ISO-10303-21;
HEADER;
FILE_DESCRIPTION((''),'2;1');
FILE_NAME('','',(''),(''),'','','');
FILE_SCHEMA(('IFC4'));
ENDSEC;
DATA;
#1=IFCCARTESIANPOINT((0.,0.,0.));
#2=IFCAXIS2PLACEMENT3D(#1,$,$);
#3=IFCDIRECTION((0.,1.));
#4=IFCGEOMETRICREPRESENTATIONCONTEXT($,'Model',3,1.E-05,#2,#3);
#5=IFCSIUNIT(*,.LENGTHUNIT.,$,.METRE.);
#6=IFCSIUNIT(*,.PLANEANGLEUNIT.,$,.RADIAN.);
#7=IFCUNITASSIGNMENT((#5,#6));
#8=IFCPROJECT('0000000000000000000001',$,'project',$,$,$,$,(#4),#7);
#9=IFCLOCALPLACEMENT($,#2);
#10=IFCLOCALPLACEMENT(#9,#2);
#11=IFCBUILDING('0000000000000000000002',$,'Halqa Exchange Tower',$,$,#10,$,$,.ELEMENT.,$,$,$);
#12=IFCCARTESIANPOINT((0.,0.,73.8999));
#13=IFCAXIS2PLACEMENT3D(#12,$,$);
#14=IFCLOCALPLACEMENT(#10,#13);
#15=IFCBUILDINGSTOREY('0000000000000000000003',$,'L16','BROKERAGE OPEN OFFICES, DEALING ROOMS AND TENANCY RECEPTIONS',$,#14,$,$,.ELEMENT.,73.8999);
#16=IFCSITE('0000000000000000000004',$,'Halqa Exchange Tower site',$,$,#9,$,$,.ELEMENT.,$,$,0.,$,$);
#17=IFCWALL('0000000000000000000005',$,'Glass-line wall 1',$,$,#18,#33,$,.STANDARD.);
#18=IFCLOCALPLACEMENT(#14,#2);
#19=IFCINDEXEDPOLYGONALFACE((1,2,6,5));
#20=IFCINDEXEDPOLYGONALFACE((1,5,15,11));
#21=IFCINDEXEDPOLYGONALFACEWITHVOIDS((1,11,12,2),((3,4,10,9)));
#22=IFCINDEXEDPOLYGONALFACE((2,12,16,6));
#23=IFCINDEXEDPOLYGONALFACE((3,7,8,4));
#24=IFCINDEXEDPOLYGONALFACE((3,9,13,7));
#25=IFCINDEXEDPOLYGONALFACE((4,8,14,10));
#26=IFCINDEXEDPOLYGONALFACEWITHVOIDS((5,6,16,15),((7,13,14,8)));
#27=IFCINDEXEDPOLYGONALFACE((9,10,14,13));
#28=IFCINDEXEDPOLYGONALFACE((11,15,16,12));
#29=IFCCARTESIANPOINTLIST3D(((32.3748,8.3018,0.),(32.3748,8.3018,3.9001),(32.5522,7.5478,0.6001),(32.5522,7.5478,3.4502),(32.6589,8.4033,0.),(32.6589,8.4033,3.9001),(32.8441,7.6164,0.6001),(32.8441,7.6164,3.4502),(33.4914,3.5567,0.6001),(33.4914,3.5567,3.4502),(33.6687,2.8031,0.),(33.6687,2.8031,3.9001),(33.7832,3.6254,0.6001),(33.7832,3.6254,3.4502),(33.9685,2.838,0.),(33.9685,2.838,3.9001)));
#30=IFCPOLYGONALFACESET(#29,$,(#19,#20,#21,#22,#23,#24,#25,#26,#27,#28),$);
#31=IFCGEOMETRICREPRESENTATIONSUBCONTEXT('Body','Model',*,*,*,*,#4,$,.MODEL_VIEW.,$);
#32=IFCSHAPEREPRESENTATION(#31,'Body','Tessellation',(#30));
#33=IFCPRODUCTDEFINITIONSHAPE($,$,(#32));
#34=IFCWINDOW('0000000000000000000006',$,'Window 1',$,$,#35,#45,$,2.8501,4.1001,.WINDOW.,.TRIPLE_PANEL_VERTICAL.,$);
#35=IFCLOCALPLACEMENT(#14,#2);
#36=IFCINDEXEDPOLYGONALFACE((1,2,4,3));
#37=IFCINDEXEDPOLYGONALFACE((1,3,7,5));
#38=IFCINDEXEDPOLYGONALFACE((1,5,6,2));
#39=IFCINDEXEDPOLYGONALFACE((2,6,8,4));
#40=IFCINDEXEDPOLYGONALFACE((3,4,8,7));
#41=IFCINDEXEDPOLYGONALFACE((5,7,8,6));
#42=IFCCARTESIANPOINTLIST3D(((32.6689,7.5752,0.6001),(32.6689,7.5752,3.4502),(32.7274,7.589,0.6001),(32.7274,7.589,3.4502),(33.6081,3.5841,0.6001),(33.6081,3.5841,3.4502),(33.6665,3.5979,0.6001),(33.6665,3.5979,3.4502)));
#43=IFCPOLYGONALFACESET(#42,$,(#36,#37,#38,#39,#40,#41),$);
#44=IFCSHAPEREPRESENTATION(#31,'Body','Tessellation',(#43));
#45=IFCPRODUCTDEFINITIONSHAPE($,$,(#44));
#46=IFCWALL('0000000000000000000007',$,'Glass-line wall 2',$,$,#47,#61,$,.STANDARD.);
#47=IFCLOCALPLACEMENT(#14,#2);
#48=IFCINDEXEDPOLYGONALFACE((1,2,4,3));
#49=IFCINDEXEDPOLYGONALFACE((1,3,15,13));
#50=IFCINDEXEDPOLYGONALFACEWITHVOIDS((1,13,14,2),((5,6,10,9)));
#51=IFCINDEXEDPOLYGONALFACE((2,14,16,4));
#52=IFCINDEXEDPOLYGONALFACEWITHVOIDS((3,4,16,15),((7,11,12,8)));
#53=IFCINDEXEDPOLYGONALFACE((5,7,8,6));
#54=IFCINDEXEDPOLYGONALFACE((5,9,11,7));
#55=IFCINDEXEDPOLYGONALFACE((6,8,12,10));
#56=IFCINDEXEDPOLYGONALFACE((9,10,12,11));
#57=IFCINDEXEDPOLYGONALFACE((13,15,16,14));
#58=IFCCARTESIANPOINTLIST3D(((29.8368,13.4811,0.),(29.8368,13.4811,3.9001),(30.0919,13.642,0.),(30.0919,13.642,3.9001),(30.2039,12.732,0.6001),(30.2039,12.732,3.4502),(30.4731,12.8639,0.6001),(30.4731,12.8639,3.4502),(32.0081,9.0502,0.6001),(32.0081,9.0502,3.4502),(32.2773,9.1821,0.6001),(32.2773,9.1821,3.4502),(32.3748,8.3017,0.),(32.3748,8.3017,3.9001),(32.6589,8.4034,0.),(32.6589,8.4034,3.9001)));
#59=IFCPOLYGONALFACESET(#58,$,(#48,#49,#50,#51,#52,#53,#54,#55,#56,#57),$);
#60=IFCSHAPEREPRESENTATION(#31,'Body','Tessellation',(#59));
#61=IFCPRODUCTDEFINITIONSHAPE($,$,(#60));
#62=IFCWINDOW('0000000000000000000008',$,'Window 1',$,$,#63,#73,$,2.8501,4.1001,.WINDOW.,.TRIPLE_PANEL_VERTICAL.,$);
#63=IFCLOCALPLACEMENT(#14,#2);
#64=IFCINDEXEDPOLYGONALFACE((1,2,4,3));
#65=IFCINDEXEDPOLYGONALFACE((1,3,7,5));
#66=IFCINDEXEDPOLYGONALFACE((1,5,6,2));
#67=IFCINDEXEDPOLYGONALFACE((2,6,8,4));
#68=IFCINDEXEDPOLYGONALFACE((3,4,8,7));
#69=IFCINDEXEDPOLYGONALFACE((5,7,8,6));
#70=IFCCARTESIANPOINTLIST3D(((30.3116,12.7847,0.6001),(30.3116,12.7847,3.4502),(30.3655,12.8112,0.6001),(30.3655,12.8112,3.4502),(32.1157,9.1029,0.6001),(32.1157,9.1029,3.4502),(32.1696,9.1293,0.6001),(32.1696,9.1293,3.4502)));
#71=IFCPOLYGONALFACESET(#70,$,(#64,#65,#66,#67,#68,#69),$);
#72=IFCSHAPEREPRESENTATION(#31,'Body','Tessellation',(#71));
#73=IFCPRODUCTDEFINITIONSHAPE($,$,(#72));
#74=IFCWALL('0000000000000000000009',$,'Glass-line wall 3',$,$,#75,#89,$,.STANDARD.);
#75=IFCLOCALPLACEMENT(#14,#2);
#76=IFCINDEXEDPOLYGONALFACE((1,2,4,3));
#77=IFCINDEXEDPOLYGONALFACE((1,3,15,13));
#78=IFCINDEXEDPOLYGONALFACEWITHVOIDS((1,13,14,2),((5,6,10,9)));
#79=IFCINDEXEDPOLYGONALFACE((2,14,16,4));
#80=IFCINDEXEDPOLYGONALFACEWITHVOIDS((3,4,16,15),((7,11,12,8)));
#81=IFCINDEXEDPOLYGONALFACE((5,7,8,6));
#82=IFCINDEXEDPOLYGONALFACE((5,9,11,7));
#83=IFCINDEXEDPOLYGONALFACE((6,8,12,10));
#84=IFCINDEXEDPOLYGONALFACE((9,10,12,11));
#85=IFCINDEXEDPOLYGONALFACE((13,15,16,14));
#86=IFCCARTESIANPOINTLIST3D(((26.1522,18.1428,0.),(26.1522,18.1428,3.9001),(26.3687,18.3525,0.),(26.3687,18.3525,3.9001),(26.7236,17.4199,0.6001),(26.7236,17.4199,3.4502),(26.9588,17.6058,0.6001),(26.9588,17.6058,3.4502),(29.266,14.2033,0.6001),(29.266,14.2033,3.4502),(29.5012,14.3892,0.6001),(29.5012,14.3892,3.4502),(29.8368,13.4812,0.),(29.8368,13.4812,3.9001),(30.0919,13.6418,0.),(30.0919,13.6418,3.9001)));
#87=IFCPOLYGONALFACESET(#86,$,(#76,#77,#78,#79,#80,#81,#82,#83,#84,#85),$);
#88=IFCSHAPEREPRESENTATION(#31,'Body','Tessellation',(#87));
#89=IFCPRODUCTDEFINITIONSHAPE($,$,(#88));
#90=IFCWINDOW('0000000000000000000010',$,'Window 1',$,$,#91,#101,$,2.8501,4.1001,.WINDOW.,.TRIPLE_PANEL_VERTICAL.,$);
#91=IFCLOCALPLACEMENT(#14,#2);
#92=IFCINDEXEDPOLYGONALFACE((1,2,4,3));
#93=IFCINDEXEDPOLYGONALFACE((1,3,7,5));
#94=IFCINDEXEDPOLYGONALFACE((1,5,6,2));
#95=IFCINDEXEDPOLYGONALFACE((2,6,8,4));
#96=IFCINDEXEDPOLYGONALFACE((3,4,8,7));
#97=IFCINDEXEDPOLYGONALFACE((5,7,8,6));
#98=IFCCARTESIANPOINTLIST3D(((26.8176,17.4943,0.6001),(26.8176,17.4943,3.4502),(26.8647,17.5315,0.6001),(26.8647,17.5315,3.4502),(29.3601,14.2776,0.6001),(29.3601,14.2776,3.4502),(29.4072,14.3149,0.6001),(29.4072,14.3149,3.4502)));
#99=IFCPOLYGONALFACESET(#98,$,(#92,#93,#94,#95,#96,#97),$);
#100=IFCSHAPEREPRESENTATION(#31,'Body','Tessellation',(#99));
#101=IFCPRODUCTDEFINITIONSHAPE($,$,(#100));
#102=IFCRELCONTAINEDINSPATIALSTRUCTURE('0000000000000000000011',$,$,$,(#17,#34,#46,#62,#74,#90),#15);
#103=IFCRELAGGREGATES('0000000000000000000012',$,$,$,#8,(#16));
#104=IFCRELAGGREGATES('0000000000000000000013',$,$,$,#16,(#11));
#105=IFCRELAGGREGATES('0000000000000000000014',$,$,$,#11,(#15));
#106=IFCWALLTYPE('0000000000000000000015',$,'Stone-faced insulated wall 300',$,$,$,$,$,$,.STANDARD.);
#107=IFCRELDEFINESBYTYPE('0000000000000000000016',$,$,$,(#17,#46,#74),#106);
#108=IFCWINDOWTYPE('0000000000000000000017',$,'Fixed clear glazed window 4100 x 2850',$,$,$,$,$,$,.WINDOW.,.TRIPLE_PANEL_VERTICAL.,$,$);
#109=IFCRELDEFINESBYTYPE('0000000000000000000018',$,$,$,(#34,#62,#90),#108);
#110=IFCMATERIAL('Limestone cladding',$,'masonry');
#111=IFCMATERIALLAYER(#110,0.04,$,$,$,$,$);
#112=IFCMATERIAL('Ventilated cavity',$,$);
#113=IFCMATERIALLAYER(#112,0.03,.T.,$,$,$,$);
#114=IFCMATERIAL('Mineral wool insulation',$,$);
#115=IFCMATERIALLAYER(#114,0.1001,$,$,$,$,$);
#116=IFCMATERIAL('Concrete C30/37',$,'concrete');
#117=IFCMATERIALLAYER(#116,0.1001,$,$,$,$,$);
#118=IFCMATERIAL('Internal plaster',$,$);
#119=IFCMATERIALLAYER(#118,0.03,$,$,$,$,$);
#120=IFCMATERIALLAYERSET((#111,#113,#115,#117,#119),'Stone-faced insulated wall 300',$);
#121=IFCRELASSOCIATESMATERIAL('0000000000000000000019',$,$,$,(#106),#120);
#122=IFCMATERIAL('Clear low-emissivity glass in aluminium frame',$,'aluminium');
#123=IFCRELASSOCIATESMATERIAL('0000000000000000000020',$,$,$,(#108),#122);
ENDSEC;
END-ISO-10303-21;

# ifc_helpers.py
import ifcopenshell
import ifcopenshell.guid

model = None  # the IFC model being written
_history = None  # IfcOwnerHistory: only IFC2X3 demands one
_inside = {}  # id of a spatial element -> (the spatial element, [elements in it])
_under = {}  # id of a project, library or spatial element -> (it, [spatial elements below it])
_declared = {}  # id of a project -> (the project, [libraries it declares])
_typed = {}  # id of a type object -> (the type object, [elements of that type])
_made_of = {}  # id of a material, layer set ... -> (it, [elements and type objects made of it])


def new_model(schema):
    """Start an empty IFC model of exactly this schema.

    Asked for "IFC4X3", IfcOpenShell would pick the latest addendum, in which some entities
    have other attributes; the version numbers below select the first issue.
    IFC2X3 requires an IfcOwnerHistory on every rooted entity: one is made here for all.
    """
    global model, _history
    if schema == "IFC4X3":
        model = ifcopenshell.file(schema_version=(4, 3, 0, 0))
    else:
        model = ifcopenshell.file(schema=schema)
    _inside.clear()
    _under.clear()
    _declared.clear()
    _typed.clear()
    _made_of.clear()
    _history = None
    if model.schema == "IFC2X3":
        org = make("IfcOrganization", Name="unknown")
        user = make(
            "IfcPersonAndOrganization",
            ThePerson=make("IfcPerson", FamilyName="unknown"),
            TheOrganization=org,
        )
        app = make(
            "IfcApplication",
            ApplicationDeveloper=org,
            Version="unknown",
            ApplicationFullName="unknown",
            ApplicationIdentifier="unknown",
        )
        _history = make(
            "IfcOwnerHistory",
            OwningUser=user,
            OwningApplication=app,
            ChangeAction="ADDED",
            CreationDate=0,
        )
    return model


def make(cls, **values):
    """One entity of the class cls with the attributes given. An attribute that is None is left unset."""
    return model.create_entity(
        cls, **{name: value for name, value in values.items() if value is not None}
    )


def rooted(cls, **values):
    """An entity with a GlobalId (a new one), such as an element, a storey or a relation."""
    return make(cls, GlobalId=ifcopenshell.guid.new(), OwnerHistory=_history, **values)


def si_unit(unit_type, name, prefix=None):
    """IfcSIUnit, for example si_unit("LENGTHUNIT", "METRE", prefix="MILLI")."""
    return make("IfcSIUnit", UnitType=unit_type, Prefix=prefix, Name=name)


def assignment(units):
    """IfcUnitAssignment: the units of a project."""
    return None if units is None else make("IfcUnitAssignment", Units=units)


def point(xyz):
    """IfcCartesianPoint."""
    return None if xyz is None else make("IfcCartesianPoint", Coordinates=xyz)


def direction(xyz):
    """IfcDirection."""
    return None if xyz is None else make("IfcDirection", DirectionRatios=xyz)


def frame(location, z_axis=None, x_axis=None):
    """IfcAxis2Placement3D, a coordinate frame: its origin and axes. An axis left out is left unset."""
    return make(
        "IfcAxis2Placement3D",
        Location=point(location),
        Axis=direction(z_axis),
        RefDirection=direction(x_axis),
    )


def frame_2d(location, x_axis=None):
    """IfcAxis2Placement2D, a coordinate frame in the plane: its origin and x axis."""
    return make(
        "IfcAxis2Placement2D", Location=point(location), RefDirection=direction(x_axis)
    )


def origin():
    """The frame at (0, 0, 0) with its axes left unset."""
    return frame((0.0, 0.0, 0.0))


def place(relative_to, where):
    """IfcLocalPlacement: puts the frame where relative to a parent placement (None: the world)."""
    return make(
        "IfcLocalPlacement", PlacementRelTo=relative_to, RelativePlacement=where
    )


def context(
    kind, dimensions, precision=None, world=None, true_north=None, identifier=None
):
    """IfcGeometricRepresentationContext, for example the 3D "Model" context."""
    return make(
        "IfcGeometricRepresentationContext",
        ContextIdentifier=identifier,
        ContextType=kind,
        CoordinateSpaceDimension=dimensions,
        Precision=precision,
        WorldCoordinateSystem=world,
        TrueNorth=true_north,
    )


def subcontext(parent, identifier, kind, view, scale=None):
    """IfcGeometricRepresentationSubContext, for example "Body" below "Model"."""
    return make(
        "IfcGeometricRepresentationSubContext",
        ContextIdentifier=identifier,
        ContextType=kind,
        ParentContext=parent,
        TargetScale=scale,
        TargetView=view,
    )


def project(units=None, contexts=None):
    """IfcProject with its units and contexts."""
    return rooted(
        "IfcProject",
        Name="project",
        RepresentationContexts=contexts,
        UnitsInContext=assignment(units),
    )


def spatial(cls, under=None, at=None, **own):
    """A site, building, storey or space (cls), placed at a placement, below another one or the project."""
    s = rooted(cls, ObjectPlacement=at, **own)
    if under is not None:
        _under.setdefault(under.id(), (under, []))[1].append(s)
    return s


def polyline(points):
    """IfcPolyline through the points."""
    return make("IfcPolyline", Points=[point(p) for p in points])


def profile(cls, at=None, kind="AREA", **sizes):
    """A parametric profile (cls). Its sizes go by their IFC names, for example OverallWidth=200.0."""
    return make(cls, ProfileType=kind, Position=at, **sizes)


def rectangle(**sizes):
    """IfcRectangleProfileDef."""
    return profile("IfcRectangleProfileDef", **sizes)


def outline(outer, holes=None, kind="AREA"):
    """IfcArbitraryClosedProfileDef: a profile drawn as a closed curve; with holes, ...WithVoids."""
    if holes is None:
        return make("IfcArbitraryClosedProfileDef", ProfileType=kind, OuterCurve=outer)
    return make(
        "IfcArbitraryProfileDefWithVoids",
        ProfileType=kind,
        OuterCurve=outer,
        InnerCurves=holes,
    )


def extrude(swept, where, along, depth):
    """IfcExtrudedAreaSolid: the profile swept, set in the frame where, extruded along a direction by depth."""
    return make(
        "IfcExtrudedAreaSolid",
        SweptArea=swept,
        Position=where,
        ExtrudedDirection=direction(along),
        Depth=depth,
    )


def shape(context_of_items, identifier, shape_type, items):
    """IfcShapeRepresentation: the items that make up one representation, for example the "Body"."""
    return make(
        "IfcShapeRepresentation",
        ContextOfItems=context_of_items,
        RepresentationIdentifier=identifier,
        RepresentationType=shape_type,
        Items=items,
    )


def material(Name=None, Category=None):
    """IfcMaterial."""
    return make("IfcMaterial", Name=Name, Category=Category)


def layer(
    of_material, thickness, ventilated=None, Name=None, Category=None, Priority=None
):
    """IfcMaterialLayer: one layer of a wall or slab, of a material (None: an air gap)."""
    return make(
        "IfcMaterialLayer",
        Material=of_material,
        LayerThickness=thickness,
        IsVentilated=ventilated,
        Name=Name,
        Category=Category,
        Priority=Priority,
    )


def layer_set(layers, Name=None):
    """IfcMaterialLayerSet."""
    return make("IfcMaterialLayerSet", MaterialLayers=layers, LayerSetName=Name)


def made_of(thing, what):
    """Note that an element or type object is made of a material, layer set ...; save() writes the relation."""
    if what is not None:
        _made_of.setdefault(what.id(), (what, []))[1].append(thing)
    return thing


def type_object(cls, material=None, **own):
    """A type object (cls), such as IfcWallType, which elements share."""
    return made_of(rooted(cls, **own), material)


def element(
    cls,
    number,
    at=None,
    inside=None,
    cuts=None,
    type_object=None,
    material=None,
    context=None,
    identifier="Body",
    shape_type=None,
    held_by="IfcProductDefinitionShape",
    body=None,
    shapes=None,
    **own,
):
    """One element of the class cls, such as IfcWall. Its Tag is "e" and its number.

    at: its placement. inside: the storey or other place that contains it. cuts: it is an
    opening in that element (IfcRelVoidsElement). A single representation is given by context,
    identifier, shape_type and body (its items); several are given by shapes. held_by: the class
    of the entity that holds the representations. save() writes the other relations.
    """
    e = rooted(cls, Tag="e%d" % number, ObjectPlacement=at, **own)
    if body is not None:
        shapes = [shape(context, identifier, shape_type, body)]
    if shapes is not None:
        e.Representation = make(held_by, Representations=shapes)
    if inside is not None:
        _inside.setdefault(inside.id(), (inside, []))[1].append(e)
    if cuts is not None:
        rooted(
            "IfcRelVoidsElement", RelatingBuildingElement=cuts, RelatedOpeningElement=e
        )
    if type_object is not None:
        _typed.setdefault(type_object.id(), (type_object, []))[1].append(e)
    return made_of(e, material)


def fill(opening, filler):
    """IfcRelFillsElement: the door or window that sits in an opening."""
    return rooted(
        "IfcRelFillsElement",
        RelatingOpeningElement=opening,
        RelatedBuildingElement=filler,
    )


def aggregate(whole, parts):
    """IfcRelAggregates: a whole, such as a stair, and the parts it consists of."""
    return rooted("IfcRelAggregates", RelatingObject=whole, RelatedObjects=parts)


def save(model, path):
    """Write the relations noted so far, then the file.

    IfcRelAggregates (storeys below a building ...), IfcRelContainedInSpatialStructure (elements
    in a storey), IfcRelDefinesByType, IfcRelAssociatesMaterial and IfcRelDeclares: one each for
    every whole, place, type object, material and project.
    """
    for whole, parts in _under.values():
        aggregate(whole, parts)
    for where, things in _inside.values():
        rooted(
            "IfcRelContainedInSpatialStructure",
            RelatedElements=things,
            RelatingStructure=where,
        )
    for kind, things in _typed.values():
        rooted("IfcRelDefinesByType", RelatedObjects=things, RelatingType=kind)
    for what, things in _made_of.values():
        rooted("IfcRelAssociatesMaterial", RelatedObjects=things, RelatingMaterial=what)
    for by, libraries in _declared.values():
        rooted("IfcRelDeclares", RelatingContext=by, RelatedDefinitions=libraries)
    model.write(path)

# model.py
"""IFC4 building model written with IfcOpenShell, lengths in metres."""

from ifc_helpers import new_model, si_unit, direction, frame, frame_2d, origin, place, context, subcontext, project, spatial, polyline, rectangle, outline, extrude, material, layer, layer_set, type_object, element, fill, save


model = new_model("IFC4")

# Units and contexts
model_context = context("Model", 3, precision=1e-05, world=origin(), true_north=direction((0.0, 1.0)))
body_context = subcontext(model_context, "Body", "Model", "MODEL_VIEW")
ifc_project = project(units=[si_unit("LENGTHUNIT", "METRE"), si_unit("PLANEANGLEUNIT", "RADIAN")], contexts=[model_context])

# Site, building, storey
site_placement = place(None, origin())
site = spatial("IfcSite", under=ifc_project, at=site_placement, Name="Halqa Exchange Tower site", CompositionType="ELEMENT", RefElevation=0.0)
building_placement = place(site_placement, origin())
building = spatial("IfcBuilding", under=site, at=building_placement, Name="Halqa Exchange Tower", CompositionType="ELEMENT")
storey_placement = place(building_placement, frame((0.0, 0.0, 73.8999)))
storey = spatial("IfcBuildingStorey", under=building, at=storey_placement, Name="L16", Description="BROKERAGE OPEN OFFICES, DEALING ROOMS AND TENANCY RECEPTIONS", CompositionType="ELEMENT", Elevation=73.8999)

# Walls, openings, windows
ifc_material_1 = material(Name="Limestone cladding", Category="masonry")
ifc_layer_1 = layer(ifc_material_1, 0.04)
ifc_material_2 = material(Name="Ventilated cavity")
ifc_layer_2 = layer(ifc_material_2, 0.03, ventilated=True)
ifc_material_3 = material(Name="Mineral wool insulation")
ifc_layer_3 = layer(ifc_material_3, 0.1001)
ifc_material_4 = material(Name="Concrete C30/37", Category="concrete")
ifc_layer_4 = layer(ifc_material_4, 0.1001)
ifc_material_5 = material(Name="Internal plaster")
ifc_layer_5 = layer(ifc_material_5, 0.03)
ifc_layer_set_1 = layer_set([ifc_layer_1, ifc_layer_2, ifc_layer_3, ifc_layer_4, ifc_layer_5], Name="Stone-faced insulated wall 300")
wall_type_1 = type_object("IfcWallType", Name="Stone-faced insulated wall 300", PredefinedType="STANDARD", material=ifc_layer_set_1)
wall_1_placement = place(storey_placement, frame((33.8186, 2.8206, 0.0), z_axis=(0.0, 0.0, 1.0), x_axis=(-0.229058, 0.973413, 0.0)))
wall_1 = element("IfcWall", 1, at=wall_1_placement, inside=storey, type_object=wall_type_1, Name="Glass-line wall 1", PredefinedType="STANDARD", context=body_context, shape_type="SweptSolid", body=[
    extrude(outline(polyline([(-0.0173, -0.1499), (5.7, -0.1499), (5.6663, 0.1499), (0.0173, 0.1499), (-0.0173, -0.1499)])), origin(), (0.0, 0.0, 1.0), 3.9001),
])
opening_1_placement = place(wall_1_placement, frame((0.7915, 0.0, 0.6001)))
opening_1 = element("IfcOpeningElement", 2, at=opening_1_placement, cuts=wall_1, PredefinedType="OPENING", context=body_context, shape_type="SweptSolid", body=[
    extrude(rectangle(XDim=4.1001, YDim=2.8501, at=frame_2d((2.05, 1.425))), frame((0.0, 0.1621, 0.0), z_axis=(0.0, -1.0, 0.0), x_axis=(1.0, 0.0, 0.0)), (0.0, 0.0, 1.0), 0.324),
])
ifc_material_6 = material(Name="Clear low-emissivity glass in aluminium frame", Category="aluminium")
window_type = type_object("IfcWindowType", Name="Fixed clear glazed window 4100 x 2850", PartitioningType="TRIPLE_PANEL_VERTICAL", PredefinedType="WINDOW", material=ifc_material_6)
window_1_placement = place(opening_1_placement, origin())
window_1 = element("IfcWindow", 3, at=window_1_placement, inside=storey, type_object=window_type, Name="Window 1", OverallHeight=2.8501, OverallWidth=4.1001, PartitioningType="TRIPLE_PANEL_VERTICAL", PredefinedType="WINDOW", context=body_context, shape_type="SweptSolid", body=[
    extrude(rectangle(XDim=4.1001, YDim=2.8501, at=frame_2d((2.05, 1.425))), frame((0.0, 0.03, 0.0), z_axis=(0.0, -1.0, 0.0), x_axis=(1.0, 0.0, 0.0)), (0.0, 0.0, 1.0), 0.0601),
])
fill(opening_1, window_1)
wall_2_placement = place(storey_placement, frame((32.5168, 8.3525, 0.0), z_axis=(0.0, 0.0, 1.0), x_axis=(-0.440027, 0.897984, 0.0)))
wall_2 = element("IfcWall", 4, at=wall_2_placement, inside=storey, type_object=wall_type_1, Name="Glass-line wall 2", PredefinedType="STANDARD", context=body_context, shape_type="SweptSolid", body=[
    extrude(outline(polyline([(-0.0168, -0.1499), (5.8169, -0.1499), (5.7847, 0.1499), (0.0168, 0.1499), (-0.0168, -0.1499)])), origin(), (0.0, 0.0, 1.0), 3.9001),
])
opening_2_placement = place(wall_2_placement, frame((0.8503, 0.0, 0.6001)))
opening_2 = element("IfcOpeningElement", 5, at=opening_2_placement, cuts=wall_2, PredefinedType="OPENING", context=body_context, shape_type="SweptSolid", body=[
    extrude(rectangle(XDim=4.1001, YDim=2.8501, at=frame_2d((2.05, 1.425))), frame((0.0, 0.1621, 0.0), z_axis=(0.0, -1.0, 0.0), x_axis=(1.0, 0.0, 0.0)), (0.0, 0.0, 1.0), 0.324),
])
window_2_placement = place(opening_2_placement, origin())
window_2 = element("IfcWindow", 6, at=window_2_placement, inside=storey, type_object=window_type, Name="Window 1", OverallHeight=2.8501, OverallWidth=4.1001, PartitioningType="TRIPLE_PANEL_VERTICAL", PredefinedType="WINDOW", context=body_context, shape_type="SweptSolid", body=[
    extrude(rectangle(XDim=4.1001, YDim=2.8501, at=frame_2d((2.05, 1.425))), frame((0.0, 0.03, 0.0), z_axis=(0.0, -1.0, 0.0), x_axis=(1.0, 0.0, 0.0)), (0.0, 0.0, 1.0), 0.0601),
])
fill(opening_2, window_2)
wall_3_placement = place(storey_placement, frame((29.9644, 13.5615, 0.0), z_axis=(0.0, 0.0, 1.0), x_axis=(-0.620093, 0.784528, 0.0)))
wall_3 = element("IfcWall", 7, at=wall_3_placement, inside=storey, type_object=wall_type_1, Name="Glass-line wall 3", PredefinedType="STANDARD", context=body_context, shape_type="SweptSolid", body=[
    extrude(outline(polyline([(-0.0161, -0.1499), (5.9883, -0.1499), (5.958, 0.1499), (0.0161, 0.1499), (-0.0161, -0.1499)])), origin(), (0.0, 0.0, 1.0), 3.9001),
])
opening_3_placement = place(wall_3_placement, frame((0.9365, 0.0, 0.6001)))
opening_3 = element("IfcOpeningElement", 8, at=opening_3_placement, cuts=wall_3, PredefinedType="OPENING", context=body_context, shape_type="SweptSolid", body=[
    extrude(rectangle(XDim=4.1001, YDim=2.8501, at=frame_2d((2.05, 1.425))), frame((0.0, 0.1621, 0.0), z_axis=(0.0, -1.0, 0.0), x_axis=(1.0, 0.0, 0.0)), (0.0, 0.0, 1.0), 0.324),
])
window_3_placement = place(opening_3_placement, origin())
window_3 = element("IfcWindow", 9, at=window_3_placement, inside=storey, type_object=window_type, Name="Window 1", OverallHeight=2.8501, OverallWidth=4.1001, PartitioningType="TRIPLE_PANEL_VERTICAL", PredefinedType="WINDOW", context=body_context, shape_type="SweptSolid", body=[
    extrude(rectangle(XDim=4.1001, YDim=2.8501, at=frame_2d((2.05, 1.425))), frame((0.0, 0.03, 0.0), z_axis=(0.0, -1.0, 0.0), x_axis=(1.0, 0.0, 0.0)), (0.0, 0.0, 1.0), 0.0601),
])
fill(opening_3, window_3)

save(model, "model.ifc")
